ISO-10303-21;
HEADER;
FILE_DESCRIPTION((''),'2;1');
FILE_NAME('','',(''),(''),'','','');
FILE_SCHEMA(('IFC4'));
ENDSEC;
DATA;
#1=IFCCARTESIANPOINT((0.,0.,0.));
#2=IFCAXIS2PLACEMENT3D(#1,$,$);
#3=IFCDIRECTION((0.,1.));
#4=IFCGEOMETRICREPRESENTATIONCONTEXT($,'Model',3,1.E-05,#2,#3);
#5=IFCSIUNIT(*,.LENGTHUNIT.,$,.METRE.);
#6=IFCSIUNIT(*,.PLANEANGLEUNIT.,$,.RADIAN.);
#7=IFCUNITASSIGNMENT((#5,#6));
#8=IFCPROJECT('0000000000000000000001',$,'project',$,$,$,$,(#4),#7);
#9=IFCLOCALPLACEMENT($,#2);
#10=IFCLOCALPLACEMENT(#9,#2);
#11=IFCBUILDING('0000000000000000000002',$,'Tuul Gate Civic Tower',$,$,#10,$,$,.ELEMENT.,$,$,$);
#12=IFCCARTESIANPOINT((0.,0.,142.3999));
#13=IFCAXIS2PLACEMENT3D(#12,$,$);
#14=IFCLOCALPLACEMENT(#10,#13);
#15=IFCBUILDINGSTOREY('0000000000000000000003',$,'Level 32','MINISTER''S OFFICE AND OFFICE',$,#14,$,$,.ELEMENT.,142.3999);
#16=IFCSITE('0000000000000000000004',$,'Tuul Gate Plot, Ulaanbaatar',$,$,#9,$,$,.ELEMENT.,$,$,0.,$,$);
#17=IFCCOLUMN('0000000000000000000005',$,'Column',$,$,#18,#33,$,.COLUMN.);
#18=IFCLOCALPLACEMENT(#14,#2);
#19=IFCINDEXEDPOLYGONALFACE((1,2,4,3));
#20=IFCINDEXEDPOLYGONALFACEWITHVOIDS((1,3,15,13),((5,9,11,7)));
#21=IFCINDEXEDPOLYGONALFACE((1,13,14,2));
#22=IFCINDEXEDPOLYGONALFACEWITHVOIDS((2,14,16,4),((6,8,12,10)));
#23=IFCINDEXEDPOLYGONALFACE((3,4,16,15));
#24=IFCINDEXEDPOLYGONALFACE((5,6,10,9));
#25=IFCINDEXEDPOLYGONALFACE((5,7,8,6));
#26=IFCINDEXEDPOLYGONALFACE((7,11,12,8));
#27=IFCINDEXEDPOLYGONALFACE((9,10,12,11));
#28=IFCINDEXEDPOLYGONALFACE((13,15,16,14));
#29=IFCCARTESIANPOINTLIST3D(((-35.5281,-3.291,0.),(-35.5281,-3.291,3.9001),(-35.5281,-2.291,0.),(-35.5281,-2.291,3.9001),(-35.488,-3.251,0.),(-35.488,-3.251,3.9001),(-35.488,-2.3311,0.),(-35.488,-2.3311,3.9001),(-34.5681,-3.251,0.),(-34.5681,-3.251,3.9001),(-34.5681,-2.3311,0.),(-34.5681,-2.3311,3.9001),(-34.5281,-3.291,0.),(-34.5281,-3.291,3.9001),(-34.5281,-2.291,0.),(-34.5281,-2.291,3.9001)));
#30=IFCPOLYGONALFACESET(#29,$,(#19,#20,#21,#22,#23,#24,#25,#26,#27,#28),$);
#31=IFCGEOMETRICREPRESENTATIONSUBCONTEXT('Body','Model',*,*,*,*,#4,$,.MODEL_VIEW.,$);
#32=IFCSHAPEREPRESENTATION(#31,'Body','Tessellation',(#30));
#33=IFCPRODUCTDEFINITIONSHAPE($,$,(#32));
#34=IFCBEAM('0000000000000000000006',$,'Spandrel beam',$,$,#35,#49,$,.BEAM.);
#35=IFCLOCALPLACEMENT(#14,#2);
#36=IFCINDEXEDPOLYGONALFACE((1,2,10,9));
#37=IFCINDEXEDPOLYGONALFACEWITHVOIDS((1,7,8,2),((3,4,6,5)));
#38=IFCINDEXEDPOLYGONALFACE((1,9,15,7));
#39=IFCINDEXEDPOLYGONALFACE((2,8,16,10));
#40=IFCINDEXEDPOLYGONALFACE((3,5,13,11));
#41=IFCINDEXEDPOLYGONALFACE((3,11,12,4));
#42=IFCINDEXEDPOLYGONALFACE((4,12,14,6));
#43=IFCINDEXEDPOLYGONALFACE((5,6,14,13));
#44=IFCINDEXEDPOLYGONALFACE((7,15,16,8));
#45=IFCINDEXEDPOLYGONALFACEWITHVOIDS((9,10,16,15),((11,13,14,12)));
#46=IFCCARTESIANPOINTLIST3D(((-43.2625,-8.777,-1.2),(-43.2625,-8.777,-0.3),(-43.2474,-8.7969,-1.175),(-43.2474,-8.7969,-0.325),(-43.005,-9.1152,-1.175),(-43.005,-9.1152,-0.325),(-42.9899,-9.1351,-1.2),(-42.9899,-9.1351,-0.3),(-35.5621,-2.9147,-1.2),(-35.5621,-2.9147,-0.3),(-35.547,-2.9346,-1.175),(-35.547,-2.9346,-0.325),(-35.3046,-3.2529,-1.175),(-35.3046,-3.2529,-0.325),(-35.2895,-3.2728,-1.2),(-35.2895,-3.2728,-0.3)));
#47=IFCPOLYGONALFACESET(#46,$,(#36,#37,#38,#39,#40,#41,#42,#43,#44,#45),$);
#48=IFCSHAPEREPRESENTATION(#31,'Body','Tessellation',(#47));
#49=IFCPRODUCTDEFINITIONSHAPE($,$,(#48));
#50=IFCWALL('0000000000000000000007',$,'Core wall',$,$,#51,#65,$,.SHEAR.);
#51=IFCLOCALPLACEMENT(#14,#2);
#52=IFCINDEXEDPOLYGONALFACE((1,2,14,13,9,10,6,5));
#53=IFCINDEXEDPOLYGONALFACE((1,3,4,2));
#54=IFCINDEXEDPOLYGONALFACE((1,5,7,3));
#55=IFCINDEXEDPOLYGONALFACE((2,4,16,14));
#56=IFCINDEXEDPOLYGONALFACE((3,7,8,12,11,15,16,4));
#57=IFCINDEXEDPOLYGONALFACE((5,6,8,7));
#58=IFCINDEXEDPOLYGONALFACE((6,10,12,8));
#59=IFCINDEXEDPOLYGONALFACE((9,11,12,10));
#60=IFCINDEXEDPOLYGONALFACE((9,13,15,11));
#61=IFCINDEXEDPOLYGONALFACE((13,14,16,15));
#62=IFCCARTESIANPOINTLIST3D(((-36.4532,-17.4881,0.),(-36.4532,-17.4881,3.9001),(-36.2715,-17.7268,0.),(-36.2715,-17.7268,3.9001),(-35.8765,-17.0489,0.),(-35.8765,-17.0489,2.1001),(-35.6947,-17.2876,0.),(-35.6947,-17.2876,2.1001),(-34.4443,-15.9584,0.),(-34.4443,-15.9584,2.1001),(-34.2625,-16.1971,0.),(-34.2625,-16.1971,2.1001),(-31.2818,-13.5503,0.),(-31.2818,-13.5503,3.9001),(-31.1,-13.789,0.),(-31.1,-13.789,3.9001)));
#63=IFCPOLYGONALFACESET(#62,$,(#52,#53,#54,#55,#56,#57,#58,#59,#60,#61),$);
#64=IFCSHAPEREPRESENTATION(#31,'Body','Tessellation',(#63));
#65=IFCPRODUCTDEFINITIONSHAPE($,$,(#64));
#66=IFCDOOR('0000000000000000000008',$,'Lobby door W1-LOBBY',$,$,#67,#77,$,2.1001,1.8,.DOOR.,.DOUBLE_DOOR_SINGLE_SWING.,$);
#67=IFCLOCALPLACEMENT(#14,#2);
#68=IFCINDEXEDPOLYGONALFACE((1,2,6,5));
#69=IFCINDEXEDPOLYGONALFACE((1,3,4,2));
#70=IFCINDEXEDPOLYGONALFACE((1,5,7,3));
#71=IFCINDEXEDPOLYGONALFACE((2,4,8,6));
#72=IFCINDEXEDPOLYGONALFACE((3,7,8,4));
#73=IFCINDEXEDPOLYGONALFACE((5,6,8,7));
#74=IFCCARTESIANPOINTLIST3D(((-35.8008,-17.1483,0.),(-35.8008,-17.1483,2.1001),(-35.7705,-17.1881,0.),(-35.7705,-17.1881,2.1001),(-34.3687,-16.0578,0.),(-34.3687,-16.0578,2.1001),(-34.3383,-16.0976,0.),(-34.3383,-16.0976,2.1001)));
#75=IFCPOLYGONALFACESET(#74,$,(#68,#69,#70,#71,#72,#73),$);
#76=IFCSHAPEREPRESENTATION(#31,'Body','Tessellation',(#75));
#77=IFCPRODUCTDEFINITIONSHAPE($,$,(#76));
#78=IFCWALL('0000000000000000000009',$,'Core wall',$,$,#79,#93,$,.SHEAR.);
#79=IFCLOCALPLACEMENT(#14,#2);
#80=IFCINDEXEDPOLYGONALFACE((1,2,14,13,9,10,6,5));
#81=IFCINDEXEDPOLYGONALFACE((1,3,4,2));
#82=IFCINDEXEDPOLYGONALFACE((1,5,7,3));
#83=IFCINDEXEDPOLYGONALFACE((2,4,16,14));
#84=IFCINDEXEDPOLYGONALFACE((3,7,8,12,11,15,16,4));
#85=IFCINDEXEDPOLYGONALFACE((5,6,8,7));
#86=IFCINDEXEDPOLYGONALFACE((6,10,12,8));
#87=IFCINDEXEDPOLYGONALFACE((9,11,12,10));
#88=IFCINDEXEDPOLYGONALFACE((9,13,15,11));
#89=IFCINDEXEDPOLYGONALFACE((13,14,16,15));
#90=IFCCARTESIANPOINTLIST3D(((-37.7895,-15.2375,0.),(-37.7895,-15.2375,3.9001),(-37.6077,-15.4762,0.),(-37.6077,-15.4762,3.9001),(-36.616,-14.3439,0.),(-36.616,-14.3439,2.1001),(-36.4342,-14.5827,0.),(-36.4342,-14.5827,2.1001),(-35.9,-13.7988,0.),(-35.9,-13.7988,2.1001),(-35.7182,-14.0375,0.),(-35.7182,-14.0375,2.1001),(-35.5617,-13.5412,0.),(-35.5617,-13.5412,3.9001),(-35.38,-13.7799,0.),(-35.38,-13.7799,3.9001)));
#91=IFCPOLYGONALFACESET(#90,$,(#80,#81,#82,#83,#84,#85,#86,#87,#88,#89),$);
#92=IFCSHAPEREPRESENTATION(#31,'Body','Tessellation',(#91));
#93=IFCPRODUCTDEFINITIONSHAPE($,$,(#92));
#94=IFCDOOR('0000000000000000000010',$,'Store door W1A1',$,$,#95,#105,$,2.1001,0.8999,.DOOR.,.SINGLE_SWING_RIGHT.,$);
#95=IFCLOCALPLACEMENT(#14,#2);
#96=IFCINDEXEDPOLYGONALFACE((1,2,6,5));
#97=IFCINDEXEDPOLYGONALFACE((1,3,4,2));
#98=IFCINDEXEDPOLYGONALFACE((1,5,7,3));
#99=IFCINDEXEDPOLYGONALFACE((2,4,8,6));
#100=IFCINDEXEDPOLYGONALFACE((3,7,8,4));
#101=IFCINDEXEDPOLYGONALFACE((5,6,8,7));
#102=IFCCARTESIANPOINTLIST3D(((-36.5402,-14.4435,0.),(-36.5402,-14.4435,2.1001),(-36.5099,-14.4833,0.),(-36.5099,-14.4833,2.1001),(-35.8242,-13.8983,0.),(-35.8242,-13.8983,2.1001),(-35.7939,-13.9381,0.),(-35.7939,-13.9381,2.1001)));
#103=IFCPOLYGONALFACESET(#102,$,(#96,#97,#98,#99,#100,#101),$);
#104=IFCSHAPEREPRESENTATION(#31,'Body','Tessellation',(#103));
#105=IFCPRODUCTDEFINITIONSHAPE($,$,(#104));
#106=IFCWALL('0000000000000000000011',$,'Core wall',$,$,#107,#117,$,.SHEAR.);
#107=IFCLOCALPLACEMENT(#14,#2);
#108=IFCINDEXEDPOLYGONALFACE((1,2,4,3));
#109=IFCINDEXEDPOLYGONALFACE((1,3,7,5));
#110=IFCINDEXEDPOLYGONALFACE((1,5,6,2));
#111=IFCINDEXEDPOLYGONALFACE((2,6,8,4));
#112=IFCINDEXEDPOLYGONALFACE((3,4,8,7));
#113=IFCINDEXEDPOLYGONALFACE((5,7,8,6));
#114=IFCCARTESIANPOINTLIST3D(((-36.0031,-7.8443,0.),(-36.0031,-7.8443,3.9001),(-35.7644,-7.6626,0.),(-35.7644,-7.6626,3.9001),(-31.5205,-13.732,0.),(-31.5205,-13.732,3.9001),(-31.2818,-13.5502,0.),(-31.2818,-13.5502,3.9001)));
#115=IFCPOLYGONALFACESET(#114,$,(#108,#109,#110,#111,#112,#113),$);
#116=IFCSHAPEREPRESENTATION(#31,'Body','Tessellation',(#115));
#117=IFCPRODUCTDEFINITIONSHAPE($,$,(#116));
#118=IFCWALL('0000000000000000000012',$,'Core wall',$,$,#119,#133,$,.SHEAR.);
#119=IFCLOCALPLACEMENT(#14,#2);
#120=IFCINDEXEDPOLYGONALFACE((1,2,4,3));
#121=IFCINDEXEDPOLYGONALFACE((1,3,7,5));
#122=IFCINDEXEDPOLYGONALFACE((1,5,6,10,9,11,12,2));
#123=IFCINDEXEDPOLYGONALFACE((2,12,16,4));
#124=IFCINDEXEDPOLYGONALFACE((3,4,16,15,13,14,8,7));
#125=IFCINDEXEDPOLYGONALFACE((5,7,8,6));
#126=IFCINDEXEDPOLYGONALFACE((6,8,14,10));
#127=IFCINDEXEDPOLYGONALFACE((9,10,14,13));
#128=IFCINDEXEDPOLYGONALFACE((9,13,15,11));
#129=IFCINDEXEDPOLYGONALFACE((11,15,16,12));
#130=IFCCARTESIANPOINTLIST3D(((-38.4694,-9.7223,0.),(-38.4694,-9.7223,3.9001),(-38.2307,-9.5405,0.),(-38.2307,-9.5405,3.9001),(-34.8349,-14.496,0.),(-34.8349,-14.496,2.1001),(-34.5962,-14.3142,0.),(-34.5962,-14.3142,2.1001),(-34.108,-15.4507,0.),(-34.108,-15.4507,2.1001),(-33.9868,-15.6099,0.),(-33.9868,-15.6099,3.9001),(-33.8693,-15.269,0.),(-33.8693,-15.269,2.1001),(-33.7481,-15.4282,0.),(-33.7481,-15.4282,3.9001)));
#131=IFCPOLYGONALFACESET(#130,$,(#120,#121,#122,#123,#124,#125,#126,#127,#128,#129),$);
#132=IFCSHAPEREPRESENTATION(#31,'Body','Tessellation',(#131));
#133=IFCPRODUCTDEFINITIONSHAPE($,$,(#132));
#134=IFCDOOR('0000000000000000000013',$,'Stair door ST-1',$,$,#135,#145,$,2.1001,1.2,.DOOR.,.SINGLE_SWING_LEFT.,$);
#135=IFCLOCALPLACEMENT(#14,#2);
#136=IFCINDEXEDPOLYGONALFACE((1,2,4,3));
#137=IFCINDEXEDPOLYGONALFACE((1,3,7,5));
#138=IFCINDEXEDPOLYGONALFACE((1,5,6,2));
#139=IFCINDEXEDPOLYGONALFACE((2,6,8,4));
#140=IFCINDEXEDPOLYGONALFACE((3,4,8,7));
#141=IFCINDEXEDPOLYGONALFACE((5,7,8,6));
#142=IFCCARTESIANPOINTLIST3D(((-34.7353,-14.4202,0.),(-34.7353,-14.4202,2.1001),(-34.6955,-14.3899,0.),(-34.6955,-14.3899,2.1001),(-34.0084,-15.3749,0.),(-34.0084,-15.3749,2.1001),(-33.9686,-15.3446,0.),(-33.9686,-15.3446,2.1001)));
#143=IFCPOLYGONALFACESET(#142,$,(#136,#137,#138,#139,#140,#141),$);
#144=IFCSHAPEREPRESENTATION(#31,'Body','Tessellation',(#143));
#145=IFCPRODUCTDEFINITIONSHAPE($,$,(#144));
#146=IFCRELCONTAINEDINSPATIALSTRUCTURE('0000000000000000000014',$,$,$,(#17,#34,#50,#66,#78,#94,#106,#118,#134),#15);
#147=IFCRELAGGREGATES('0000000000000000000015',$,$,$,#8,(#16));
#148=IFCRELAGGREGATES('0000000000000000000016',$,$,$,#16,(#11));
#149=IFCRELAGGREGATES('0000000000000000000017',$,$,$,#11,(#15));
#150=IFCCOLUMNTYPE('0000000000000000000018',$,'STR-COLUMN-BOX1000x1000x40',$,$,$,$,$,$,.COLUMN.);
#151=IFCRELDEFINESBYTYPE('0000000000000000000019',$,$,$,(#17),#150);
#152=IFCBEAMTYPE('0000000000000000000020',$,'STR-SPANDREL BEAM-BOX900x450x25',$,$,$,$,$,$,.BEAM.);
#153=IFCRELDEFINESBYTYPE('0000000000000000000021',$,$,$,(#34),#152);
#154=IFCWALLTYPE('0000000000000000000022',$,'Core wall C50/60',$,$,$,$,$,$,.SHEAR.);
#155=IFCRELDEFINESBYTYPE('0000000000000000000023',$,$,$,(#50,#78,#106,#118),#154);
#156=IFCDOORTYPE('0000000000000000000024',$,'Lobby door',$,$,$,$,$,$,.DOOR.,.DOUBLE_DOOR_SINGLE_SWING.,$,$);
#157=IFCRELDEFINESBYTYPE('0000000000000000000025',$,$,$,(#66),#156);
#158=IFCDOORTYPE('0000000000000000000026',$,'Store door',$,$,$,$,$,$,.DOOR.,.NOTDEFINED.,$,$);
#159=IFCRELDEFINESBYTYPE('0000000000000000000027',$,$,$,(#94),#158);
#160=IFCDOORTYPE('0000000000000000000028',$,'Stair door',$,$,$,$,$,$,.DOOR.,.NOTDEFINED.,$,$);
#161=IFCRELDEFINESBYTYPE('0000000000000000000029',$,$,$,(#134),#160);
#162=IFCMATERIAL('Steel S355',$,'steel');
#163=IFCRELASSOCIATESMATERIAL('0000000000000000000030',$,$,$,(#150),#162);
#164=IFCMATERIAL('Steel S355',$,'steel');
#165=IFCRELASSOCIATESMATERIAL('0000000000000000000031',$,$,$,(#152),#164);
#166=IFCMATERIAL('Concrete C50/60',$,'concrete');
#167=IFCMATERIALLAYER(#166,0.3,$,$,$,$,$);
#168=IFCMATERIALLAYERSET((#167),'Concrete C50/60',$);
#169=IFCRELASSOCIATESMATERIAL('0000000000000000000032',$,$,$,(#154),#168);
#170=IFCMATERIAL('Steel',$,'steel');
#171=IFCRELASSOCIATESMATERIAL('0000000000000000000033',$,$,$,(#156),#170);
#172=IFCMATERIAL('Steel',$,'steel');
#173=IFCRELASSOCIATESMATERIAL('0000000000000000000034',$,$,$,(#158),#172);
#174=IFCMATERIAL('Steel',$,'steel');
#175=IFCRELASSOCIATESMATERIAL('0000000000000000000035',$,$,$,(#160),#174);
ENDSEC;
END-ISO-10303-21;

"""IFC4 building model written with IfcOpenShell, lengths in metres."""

from ifc_helpers import new_model, si_unit, direction, frame, frame_2d, origin, origin_2d, place, context, subcontext, project, spatial, rectangle, hollow_rectangle, extrude, material, layer, layer_set, material_profile, profile_set, type_object, element, fill, save


model = new_model("IFC4")

# Units and contexts
model_context = context("Model", 3, precision=1e-05, world=origin(), true_north=direction((0.0, 1.0)))
body_context = subcontext(model_context, "Body", "Model", "MODEL_VIEW")
ifc_project = project(units=[si_unit("LENGTHUNIT", "METRE"), si_unit("PLANEANGLEUNIT", "RADIAN")], contexts=[model_context])

# Site, building, storey
site_placement = place(None, origin())
site = spatial("IfcSite", under=ifc_project, at=site_placement, Name="Tuul Gate Plot, Ulaanbaatar", CompositionType="ELEMENT", RefElevation=0.0)
building_placement = place(site_placement, origin())
building = spatial("IfcBuilding", under=site, at=building_placement, Name="Tuul Gate Civic Tower", CompositionType="ELEMENT")
storey_placement = place(building_placement, frame((0.0, 0.0, 142.3999)))
storey = spatial("IfcBuildingStorey", under=building, at=storey_placement, Name="Level 32", Description="MINISTER'S OFFICE AND OFFICE", CompositionType="ELEMENT", Elevation=142.3999)

# Column
ifc_material_1 = material(Name="Steel S355", Category="steel")
ifc_material_profile_1 = material_profile(ifc_material_1, hollow_rectangle(XDim=1.0, YDim=1.0, WallThickness=0.04, at=origin_2d()), Name="BOX1000x1000x40")
ifc_profile_set_1 = profile_set([ifc_material_profile_1], Name="Steel S355")
column_type = type_object("IfcColumnType", Name="STR-COLUMN-BOX1000x1000x40", PredefinedType="COLUMN", material=ifc_profile_set_1)
column_placement = place(storey_placement, frame((-35.0281, -2.791, 0.0), z_axis=(0.0, 0.0, 1.0), x_axis=(1.0, 0.0, 0.0)))
element("IfcColumn", 1, at=column_placement, inside=storey, type_object=column_type, Name="Column", PredefinedType="COLUMN", context=body_context, shape_type="SweptSolid", body=[
    extrude(hollow_rectangle(XDim=1.0, YDim=1.0, WallThickness=0.04, at=origin_2d()), origin(), (0.0, 0.0, 1.0), 3.9001),
])

# Beam
ifc_material_2 = material(Name="Steel S355", Category="steel")
ifc_material_profile_2 = material_profile(ifc_material_2, hollow_rectangle(XDim=0.45, YDim=0.8999, WallThickness=0.0249, at=origin_2d()), Name="BOX900x450x25")
ifc_profile_set_2 = profile_set([ifc_material_profile_2], Name="Steel S355")
beam_type = type_object("IfcBeamType", Name="STR-SPANDREL BEAM-BOX900x450x25", PredefinedType="BEAM", material=ifc_profile_set_2)
beam_placement = place(storey_placement, frame((-35.4258, -3.0938, -0.75), z_axis=(-0.795666, -0.605736, 0.0), x_axis=(0.605736, -0.795666, 0.0)))
element("IfcBeam", 2, at=beam_placement, inside=storey, type_object=beam_type, Name="Spandrel beam", PredefinedType="BEAM", context=body_context, shape_type="SweptSolid", body=[
    extrude(hollow_rectangle(XDim=0.45, YDim=0.8999, WallThickness=0.0249, at=origin_2d()), origin(), (0.0, 0.0, 1.0), 9.678),
])

# Walls, openings, doors
ifc_material_3 = material(Name="Concrete C50/60", Category="concrete")
ifc_layer_1 = layer(ifc_material_3, 0.3)
ifc_layer_set_1 = layer_set([ifc_layer_1], Name="Concrete C50/60")
wall_type_1 = type_object("IfcWallType", Name="Core wall C50/60", PredefinedType="SHEAR", material=ifc_layer_set_1)
wall_1_placement = place(storey_placement, frame((-31.1909, -13.6697, 0.0), z_axis=(0.0, 0.0, 1.0), x_axis=(-0.795607, -0.605813, 0.0)))
wall_1 = element("IfcWall", 3, at=wall_1_placement, inside=storey, type_object=wall_type_1, Name="Core wall", PredefinedType="SHEAR", context=body_context, shape_type="SweptSolid", body=[
    extrude(rectangle(XDim=6.5, YDim=0.3, at=frame_2d((3.25, 0.0))), origin(), (0.0, 0.0, 1.0), 3.9001),
])
opening_1_placement = place(wall_1_placement, frame((3.9751, 0.0, 0.0)))
opening_1 = element("IfcOpeningElement", 4, at=opening_1_placement, cuts=wall_1, PredefinedType="OPENING", context=body_context, shape_type="SweptSolid", body=[
    extrude(rectangle(XDim=1.8, YDim=2.1001, at=frame_2d((0.8999, 1.05))), frame((0.0, 0.1602, 0.0), z_axis=(0.0, -1.0, 0.0), x_axis=(1.0, 0.0, 0.0)), (0.0, 0.0, 1.0), 0.3201),
])
ifc_material_4 = material(Name="Steel", Category="steel")
door_type_1 = type_object("IfcDoorType", Name="Lobby door", OperationType="DOUBLE_DOOR_SINGLE_SWING", PredefinedType="DOOR", material=ifc_material_4)
door_1_placement = place(opening_1_placement, origin())
door_1 = element("IfcDoor", 5, at=door_1_placement, inside=storey, type_object=door_type_1, Name="Lobby door W1-LOBBY", OperationType="DOUBLE_DOOR_SINGLE_SWING", OverallHeight=2.1001, OverallWidth=1.8, PredefinedType="DOOR", context=body_context, shape_type="SweptSolid", body=[
    extrude(rectangle(XDim=1.8, YDim=2.1001, at=frame_2d((0.8999, 1.05))), frame((0.0, 0.0249, 0.0), z_axis=(0.0, -1.0, 0.0), x_axis=(1.0, 0.0, 0.0)), (0.0, 0.0, 1.0), 0.05),
])
fill(opening_1, door_1)
wall_2_placement = place(storey_placement, frame((-35.4709, -13.6606, 0.0), z_axis=(0.0, 0.0, 1.0), x_axis=(-0.795616, -0.605802, 0.0)))
wall_2 = element("IfcWall", 6, at=wall_2_placement, inside=storey, type_object=wall_type_1, Name="Core wall", PredefinedType="SHEAR", context=body_context, shape_type="SweptSolid", body=[
    extrude(rectangle(XDim=2.8, YDim=0.3, at=frame_2d((1.3999, 0.0))), origin(), (0.0, 0.0, 1.0), 3.9001),
])
opening_2_placement = place(wall_2_placement, frame((0.425, 0.0, 0.0)))
opening_2 = element("IfcOpeningElement", 7, at=opening_2_placement, cuts=wall_2, PredefinedType="OPENING", context=body_context, shape_type="SweptSolid", body=[
    extrude(rectangle(XDim=0.8999, YDim=2.1001, at=frame_2d((0.45, 1.05))), frame((0.0, 0.1602, 0.0), z_axis=(0.0, -1.0, 0.0), x_axis=(1.0, 0.0, 0.0)), (0.0, 0.0, 1.0), 0.3201),
])
ifc_material_5 = material(Name="Steel", Category="steel")
door_type_2 = type_object("IfcDoorType", Name="Store door", OperationType="NOTDEFINED", PredefinedType="DOOR", material=ifc_material_5)
door_2_placement = place(opening_2_placement, frame((0.8999, 0.0, 0.0), z_axis=(0.0, 0.0, 1.0), x_axis=(-1.0, 0.0, 0.0)))
door_2 = element("IfcDoor", 8, at=door_2_placement, inside=storey, type_object=door_type_2, Name="Store door W1A1", OperationType="SINGLE_SWING_RIGHT", OverallHeight=2.1001, OverallWidth=0.8999, PredefinedType="DOOR", context=body_context, shape_type="SweptSolid", body=[
    extrude(rectangle(XDim=0.8999, YDim=2.1001, at=frame_2d((0.45, 1.05))), frame((0.0, 0.0249, 0.0), z_axis=(0.0, -1.0, 0.0), x_axis=(1.0, 0.0, 0.0)), (0.0, 0.0, 1.0), 0.05),
])
fill(opening_2, door_2)

# Wall
wall_3_placement = place(storey_placement, frame((-31.4011, -13.6411, 0.0), z_axis=(0.0, 0.0, 1.0), x_axis=(-0.60577, 0.79564, 0.0)))
element("IfcWall", 9, at=wall_3_placement, inside=storey, type_object=wall_type_1, Name="Core wall", PredefinedType="SHEAR", context=body_context, shape_type="SweptSolid", body=[
    extrude(rectangle(XDim=7.3999, YDim=0.3, at=frame_2d((3.7, 0.0))), origin(), (0.0, 0.0, 1.0), 3.9001),
])

# Wall, opening, door
wall_4_placement = place(storey_placement, frame((-33.8674, -15.519, 0.0), z_axis=(0.0, 0.0, 1.0), x_axis=(-0.60577, 0.79564, 0.0)))
wall_4 = element("IfcWall", 10, at=wall_4_placement, inside=storey, type_object=wall_type_1, Name="Core wall", PredefinedType="SHEAR", context=body_context, shape_type="SweptSolid", body=[
    extrude(rectangle(XDim=7.3999, YDim=0.3, at=frame_2d((3.7, 0.0))), origin(), (0.0, 0.0, 1.0), 3.9001),
])
opening_3_placement = place(wall_4_placement, frame((0.2, 0.0, 0.0)))
opening_3 = element("IfcOpeningElement", 11, at=opening_3_placement, cuts=wall_4, PredefinedType="OPENING", context=body_context, shape_type="SweptSolid", body=[
    extrude(rectangle(XDim=1.2, YDim=2.1001, at=frame_2d((0.6001, 1.05))), frame((0.0, 0.1602, 0.0), z_axis=(0.0, -1.0, 0.0), x_axis=(1.0, 0.0, 0.0)), (0.0, 0.0, 1.0), 0.3201),
])
ifc_material_6 = material(Name="Steel", Category="steel")
door_type_3 = type_object("IfcDoorType", Name="Stair door", OperationType="NOTDEFINED", PredefinedType="DOOR", material=ifc_material_6)
door_3_placement = place(opening_3_placement, origin())
door_3 = element("IfcDoor", 12, at=door_3_placement, inside=storey, type_object=door_type_3, Name="Stair door ST-1", OperationType="SINGLE_SWING_LEFT", OverallHeight=2.1001, OverallWidth=1.2, PredefinedType="DOOR", context=body_context, shape_type="SweptSolid", body=[
    extrude(rectangle(XDim=1.2, YDim=2.1001, at=frame_2d((0.6001, 1.05))), frame((0.0, 0.0249, 0.0), z_axis=(0.0, -1.0, 0.0), x_axis=(1.0, 0.0, 0.0)), (0.0, 0.0, 1.0), 0.05),
])
fill(opening_3, door_3)

save(model, "model.ifc")
